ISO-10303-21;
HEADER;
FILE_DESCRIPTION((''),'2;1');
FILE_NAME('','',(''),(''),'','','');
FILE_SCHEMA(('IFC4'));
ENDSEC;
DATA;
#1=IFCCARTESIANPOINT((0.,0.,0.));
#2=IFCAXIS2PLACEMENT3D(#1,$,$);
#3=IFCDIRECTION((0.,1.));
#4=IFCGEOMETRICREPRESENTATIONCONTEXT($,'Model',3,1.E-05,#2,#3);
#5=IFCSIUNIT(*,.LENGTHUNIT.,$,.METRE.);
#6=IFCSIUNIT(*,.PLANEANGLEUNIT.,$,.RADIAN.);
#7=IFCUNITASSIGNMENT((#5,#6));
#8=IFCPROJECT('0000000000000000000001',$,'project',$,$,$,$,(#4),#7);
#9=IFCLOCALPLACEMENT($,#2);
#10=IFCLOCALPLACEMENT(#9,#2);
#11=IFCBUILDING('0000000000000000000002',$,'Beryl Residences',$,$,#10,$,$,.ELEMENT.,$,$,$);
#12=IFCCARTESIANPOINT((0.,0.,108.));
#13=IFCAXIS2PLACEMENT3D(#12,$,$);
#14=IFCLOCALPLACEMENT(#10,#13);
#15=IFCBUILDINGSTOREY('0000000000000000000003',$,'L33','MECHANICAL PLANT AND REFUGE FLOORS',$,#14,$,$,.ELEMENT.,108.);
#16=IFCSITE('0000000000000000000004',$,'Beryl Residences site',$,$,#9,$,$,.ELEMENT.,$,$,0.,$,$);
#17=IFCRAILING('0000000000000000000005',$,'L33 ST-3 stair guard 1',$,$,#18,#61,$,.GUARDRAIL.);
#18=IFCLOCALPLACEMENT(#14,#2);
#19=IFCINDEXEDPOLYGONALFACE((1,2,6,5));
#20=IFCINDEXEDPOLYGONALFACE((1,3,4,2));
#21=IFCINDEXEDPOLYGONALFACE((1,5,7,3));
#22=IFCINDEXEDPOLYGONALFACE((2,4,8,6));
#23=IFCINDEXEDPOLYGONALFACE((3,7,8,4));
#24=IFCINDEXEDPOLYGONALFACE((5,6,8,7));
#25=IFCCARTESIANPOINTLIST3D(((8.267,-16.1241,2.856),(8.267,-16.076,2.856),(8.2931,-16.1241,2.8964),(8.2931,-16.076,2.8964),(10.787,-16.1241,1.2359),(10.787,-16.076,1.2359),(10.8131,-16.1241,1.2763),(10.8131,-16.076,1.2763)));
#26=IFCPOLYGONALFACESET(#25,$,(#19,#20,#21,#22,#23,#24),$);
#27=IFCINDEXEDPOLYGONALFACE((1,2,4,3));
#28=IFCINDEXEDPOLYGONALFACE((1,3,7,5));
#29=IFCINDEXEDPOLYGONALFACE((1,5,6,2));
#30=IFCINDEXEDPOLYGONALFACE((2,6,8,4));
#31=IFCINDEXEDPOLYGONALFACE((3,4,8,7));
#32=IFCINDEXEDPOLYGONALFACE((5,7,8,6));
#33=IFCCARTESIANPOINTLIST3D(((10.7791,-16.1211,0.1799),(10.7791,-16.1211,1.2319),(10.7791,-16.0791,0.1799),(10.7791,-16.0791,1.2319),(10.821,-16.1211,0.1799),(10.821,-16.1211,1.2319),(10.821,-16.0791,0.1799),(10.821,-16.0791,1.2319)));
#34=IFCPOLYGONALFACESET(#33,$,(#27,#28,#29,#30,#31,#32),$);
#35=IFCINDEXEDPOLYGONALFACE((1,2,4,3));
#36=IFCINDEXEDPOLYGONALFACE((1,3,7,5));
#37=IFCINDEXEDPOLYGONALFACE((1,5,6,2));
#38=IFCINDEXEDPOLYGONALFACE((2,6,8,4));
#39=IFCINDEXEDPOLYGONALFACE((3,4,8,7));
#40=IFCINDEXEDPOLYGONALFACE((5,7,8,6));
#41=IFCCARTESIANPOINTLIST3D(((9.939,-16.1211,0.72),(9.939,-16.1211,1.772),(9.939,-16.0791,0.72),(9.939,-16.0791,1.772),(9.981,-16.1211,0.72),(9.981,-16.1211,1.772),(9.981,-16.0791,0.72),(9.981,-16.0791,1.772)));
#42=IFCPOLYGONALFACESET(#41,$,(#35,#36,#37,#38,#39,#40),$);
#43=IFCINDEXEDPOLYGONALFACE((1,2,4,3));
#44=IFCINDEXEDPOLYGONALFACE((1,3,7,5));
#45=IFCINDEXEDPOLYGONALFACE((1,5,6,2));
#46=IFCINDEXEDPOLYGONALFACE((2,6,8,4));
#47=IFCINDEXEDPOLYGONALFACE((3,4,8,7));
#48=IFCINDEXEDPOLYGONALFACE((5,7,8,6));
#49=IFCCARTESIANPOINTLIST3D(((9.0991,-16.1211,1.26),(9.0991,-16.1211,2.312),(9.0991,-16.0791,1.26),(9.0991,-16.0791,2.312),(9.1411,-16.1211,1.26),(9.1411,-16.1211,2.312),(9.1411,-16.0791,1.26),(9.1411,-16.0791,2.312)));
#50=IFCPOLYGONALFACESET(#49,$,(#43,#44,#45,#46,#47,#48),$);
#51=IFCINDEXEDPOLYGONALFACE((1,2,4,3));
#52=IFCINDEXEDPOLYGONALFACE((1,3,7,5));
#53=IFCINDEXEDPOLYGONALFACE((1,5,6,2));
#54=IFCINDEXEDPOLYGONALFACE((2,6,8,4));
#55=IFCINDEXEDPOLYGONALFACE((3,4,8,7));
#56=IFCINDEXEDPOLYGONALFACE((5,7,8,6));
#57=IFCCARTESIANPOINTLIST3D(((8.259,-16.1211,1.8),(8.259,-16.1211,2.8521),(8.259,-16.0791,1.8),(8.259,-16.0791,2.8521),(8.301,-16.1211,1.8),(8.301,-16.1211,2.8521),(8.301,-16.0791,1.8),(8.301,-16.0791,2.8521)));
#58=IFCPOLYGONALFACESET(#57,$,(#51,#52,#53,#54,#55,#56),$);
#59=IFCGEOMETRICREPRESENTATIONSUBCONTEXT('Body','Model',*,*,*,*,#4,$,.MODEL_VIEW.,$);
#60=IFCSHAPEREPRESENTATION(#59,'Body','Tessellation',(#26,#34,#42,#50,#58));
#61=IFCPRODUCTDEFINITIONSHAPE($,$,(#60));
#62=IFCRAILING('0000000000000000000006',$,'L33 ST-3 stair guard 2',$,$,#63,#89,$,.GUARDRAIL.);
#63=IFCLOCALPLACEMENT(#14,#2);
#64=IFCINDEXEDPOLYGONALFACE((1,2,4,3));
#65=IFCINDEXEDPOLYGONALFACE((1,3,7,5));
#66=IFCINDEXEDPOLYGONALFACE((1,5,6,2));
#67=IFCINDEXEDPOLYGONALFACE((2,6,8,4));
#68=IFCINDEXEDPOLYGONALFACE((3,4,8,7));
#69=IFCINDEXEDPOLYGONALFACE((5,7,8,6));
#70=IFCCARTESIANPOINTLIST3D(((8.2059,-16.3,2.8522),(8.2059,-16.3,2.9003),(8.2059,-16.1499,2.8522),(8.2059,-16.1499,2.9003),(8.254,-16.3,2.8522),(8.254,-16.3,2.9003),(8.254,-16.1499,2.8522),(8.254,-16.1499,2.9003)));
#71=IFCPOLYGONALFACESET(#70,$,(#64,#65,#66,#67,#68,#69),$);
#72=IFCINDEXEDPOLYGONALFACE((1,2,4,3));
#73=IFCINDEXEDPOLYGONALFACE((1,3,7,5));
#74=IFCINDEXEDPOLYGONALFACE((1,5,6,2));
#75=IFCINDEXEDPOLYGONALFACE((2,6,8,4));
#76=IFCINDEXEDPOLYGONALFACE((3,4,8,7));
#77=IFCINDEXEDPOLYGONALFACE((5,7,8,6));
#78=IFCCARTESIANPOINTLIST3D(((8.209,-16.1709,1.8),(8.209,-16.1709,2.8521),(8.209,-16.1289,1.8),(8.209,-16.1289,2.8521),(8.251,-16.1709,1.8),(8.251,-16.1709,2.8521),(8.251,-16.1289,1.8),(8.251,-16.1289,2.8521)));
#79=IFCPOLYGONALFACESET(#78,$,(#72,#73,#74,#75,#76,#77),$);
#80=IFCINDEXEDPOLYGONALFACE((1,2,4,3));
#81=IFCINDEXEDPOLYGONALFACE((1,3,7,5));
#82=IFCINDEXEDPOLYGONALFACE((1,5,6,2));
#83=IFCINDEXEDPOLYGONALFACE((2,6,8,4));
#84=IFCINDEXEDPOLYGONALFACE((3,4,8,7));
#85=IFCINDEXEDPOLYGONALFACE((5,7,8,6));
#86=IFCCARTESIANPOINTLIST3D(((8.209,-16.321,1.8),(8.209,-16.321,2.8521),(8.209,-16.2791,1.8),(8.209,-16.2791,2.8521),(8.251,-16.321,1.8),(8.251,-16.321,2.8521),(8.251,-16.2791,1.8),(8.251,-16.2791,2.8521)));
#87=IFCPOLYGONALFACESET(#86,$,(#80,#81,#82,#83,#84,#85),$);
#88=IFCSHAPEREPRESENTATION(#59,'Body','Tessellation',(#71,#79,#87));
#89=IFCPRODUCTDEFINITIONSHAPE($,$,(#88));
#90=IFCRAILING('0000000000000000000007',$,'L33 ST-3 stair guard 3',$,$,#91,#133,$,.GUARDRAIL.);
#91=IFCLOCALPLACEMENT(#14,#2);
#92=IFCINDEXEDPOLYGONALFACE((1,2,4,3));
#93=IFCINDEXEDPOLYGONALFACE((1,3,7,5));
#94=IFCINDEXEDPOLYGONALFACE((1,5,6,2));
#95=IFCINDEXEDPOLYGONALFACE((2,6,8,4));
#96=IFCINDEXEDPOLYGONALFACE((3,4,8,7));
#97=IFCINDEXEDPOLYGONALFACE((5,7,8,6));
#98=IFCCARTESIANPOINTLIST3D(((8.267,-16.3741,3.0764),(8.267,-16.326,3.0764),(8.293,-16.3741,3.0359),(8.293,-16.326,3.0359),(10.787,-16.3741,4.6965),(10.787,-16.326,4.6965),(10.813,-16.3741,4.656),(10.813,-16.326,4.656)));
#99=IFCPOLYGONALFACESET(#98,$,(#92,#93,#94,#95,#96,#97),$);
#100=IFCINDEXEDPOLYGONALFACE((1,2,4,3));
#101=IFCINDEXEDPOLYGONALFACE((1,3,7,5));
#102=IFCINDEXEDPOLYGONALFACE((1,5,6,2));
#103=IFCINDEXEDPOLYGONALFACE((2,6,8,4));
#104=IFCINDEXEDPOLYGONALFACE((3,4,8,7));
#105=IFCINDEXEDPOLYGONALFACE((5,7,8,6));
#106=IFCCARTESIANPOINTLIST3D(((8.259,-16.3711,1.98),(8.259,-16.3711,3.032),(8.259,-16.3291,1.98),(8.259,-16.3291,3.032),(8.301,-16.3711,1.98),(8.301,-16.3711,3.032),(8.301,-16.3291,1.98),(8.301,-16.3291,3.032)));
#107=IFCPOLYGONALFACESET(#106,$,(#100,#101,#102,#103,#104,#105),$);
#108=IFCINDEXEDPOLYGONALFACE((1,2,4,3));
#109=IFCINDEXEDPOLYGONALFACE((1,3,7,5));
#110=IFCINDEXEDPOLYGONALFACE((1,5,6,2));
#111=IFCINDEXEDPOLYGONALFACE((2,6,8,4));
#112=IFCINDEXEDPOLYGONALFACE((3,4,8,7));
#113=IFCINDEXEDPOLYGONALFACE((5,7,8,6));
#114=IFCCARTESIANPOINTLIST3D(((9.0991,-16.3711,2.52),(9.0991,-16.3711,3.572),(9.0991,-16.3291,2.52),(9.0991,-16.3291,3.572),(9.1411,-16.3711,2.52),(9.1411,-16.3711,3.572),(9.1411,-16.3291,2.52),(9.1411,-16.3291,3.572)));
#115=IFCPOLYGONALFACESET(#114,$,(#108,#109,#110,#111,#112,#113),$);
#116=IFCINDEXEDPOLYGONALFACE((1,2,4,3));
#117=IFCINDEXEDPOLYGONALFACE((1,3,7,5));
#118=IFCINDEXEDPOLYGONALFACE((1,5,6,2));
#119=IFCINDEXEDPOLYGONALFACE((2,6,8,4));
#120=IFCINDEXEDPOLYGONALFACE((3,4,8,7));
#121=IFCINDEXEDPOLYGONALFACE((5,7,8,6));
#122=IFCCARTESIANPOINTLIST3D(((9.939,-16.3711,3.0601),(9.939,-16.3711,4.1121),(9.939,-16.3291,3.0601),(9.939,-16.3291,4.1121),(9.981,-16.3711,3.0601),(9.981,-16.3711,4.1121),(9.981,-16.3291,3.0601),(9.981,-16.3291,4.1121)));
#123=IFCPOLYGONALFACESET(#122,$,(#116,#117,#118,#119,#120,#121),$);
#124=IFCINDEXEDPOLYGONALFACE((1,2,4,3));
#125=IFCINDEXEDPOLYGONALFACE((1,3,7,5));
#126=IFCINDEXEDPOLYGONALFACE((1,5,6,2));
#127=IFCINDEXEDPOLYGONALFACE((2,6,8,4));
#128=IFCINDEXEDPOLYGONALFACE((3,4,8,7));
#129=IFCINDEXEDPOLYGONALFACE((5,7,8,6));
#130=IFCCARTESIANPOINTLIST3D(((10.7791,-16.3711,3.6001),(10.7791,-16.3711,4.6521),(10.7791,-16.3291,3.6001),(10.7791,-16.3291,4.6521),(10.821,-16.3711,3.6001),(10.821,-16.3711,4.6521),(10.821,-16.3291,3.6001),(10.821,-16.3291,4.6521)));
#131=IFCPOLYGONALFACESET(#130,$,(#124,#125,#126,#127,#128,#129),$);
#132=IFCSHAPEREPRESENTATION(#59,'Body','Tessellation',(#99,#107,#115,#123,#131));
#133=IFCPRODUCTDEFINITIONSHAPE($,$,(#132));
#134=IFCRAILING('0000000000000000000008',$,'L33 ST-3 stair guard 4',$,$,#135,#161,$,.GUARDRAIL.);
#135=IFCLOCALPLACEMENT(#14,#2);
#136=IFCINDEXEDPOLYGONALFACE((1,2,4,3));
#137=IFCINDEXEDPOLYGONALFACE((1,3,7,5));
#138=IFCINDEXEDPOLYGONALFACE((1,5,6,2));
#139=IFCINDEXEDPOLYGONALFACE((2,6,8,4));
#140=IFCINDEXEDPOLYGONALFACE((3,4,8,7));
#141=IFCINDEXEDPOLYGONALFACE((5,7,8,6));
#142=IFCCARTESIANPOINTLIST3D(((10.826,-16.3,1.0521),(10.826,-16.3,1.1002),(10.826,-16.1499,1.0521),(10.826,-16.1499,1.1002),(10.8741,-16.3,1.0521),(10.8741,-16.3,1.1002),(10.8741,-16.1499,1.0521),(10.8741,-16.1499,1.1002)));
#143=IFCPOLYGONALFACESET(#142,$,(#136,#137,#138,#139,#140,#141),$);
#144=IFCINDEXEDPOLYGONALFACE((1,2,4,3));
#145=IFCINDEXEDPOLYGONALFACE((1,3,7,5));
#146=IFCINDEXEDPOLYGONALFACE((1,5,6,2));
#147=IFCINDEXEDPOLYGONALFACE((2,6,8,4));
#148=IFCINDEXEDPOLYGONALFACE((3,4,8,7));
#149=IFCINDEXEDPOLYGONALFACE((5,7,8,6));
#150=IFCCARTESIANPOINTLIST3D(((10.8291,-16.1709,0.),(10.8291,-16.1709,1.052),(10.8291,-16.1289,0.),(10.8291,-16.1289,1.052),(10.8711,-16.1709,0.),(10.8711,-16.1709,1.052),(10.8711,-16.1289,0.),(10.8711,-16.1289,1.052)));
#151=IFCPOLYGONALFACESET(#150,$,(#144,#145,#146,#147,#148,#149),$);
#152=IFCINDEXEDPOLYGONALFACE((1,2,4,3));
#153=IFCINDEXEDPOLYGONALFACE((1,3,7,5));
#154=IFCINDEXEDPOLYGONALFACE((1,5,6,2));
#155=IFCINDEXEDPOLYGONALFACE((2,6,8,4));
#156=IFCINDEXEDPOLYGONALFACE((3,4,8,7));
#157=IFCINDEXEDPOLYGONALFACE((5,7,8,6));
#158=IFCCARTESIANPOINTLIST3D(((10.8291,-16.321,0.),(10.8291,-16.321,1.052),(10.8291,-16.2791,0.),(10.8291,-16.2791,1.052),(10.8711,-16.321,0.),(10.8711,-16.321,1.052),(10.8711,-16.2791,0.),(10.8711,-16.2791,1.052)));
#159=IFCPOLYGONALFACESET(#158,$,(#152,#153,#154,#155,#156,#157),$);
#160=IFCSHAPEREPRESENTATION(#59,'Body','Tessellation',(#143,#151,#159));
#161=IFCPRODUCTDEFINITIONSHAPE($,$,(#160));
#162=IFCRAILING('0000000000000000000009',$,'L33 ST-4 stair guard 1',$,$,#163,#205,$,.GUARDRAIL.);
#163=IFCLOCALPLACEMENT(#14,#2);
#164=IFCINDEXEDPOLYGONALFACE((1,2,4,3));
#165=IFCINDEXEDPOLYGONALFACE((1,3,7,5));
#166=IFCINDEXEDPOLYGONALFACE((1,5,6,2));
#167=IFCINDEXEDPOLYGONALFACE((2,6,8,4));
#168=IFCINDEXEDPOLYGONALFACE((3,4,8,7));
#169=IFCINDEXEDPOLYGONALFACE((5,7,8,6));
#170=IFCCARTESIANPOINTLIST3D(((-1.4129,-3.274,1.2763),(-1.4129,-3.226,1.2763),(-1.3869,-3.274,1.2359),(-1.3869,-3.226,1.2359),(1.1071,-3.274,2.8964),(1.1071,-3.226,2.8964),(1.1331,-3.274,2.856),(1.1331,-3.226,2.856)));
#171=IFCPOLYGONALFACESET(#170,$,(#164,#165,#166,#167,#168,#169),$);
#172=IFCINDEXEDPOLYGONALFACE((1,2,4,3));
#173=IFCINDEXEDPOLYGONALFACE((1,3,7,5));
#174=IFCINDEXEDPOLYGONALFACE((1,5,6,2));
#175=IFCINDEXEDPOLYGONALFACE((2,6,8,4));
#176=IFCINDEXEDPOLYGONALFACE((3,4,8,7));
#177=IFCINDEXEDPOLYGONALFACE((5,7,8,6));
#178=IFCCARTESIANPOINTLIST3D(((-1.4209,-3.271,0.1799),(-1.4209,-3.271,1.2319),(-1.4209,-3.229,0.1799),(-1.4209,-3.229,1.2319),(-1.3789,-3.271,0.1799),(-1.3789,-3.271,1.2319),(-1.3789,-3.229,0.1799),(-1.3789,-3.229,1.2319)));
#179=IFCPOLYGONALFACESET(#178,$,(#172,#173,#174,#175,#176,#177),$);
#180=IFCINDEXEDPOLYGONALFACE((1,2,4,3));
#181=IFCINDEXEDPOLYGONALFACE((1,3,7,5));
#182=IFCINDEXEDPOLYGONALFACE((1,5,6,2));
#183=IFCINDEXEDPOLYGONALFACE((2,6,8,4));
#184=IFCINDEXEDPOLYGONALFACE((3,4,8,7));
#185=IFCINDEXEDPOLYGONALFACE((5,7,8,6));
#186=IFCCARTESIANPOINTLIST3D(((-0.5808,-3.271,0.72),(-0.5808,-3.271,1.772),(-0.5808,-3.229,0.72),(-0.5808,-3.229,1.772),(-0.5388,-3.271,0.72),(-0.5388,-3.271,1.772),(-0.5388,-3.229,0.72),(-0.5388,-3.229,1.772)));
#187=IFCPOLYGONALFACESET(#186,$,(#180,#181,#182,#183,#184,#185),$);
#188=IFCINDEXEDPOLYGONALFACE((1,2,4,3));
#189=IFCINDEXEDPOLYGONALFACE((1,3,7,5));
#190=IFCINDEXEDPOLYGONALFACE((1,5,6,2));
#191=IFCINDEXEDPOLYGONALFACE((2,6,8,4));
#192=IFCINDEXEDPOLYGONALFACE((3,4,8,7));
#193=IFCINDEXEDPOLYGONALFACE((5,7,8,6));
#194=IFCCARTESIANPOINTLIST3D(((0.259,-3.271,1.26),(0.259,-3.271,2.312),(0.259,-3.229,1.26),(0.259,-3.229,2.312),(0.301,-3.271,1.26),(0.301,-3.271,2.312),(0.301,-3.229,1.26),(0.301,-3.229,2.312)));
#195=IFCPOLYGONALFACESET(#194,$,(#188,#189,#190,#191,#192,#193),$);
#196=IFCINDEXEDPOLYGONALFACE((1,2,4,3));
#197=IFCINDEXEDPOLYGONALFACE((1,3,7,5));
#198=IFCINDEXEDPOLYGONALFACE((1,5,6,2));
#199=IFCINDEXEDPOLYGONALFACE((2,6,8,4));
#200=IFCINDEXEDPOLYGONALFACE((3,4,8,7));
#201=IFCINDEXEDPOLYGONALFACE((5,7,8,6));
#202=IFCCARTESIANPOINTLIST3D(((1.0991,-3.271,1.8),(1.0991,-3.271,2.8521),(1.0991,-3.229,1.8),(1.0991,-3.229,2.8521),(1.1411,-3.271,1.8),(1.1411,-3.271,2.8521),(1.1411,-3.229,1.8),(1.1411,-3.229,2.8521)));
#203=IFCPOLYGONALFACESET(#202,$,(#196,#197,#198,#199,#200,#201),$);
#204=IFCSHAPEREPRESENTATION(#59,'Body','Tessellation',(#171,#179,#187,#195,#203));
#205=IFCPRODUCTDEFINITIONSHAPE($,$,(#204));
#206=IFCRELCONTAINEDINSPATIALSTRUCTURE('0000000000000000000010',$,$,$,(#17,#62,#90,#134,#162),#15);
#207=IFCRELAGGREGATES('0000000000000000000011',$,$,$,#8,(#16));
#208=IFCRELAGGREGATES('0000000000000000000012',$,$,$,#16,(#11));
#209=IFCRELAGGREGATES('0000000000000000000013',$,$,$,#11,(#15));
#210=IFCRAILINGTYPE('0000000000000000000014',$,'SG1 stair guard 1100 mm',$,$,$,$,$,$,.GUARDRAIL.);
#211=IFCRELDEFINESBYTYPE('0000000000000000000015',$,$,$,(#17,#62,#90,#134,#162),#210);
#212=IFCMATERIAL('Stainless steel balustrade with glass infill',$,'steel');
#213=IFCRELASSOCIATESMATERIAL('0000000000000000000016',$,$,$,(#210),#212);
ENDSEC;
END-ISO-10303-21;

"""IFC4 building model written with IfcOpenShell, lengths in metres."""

from ifc_helpers import new_model, si_unit, direction, frame, origin, origin_2d, place, context, subcontext, project, spatial, rectangle, extrude, material, type_object, element, save


model = new_model("IFC4")

# Units and contexts
model_context = context("Model", 3, precision=1e-05, world=origin(), true_north=direction((0.0, 1.0)))
body_context = subcontext(model_context, "Body", "Model", "MODEL_VIEW")
ifc_project = project(units=[si_unit("LENGTHUNIT", "METRE"), si_unit("PLANEANGLEUNIT", "RADIAN")], contexts=[model_context])

# Site, building, storey
site_placement = place(None, origin())
site = spatial("IfcSite", under=ifc_project, at=site_placement, Name="Beryl Residences site", CompositionType="ELEMENT", RefElevation=0.0)
building_placement = place(site_placement, origin())
building = spatial("IfcBuilding", under=site, at=building_placement, Name="Beryl Residences", CompositionType="ELEMENT")
storey_placement = place(building_placement, frame((0.0, 0.0, 108.0)))
storey = spatial("IfcBuildingStorey", under=building, at=storey_placement, Name="L33", Description="MECHANICAL PLANT AND REFUGE FLOORS", CompositionType="ELEMENT", Elevation=108.0)

# Railings
ifc_material_1 = material(Name="Stainless steel balustrade with glass infill", Category="steel")
railing_type_1 = type_object("IfcRailingType", Name="SG1 stair guard 1100 mm", PredefinedType="GUARDRAIL", material=ifc_material_1)
railing_1_placement = place(storey_placement, frame((10.8, -16.1001, 0.1799)))
element("IfcRailing", 1, at=railing_1_placement, inside=storey, type_object=railing_type_1, Name="L33 ST-3 stair guard 1", PredefinedType="GUARDRAIL", context=body_context, shape_type="SweptSolid", body=[
    extrude(rectangle(XDim=0.0481, YDim=0.0481, at=origin_2d()), frame((0.0, 0.0, 1.0762), z_axis=(-0.841163, 0.0, 0.540782), x_axis=(0.0, -1.0, 0.0)), (0.0, 0.0, 1.0), 2.9958),
    extrude(rectangle(XDim=0.042, YDim=0.042, at=origin_2d()), origin(), (0.0, 0.0, 1.0), 1.052),
    extrude(rectangle(XDim=0.042, YDim=0.042, at=origin_2d()), frame((-0.8401, 0.0, 0.54)), (0.0, 0.0, 1.0), 1.052),
    extrude(rectangle(XDim=0.042, YDim=0.042, at=origin_2d()), frame((-1.6799, 0.0, 1.0801)), (0.0, 0.0, 1.0), 1.052),
    extrude(rectangle(XDim=0.042, YDim=0.042, at=origin_2d()), frame((-2.52, 0.0, 1.6201)), (0.0, 0.0, 1.0), 1.052),
])
railing_2_placement = place(storey_placement, frame((8.23, -16.1499, 1.8)))
element("IfcRailing", 2, at=railing_2_placement, inside=storey, type_object=railing_type_1, Name="L33 ST-3 stair guard 2", PredefinedType="GUARDRAIL", context=body_context, shape_type="SweptSolid", body=[
    extrude(rectangle(XDim=0.0481, YDim=0.0481, at=origin_2d()), frame((0.0, 0.0, 1.0762), z_axis=(0.0, -1.0, 0.0), x_axis=(1.0, 0.0, 0.0)), (0.0, 0.0, 1.0), 0.1501),
    extrude(rectangle(XDim=0.042, YDim=0.042, at=origin_2d()), origin(), (0.0, 0.0, 1.0), 1.052),
    extrude(rectangle(XDim=0.042, YDim=0.042, at=origin_2d()), frame((0.0, -0.1501, 0.0)), (0.0, 0.0, 1.0), 1.052),
])
railing_3_placement = place(storey_placement, frame((8.28, -16.3501, 1.98)))
element("IfcRailing", 3, at=railing_3_placement, inside=storey, type_object=railing_type_1, Name="L33 ST-3 stair guard 3", PredefinedType="GUARDRAIL", context=body_context, shape_type="SweptSolid", body=[
    extrude(rectangle(XDim=0.0481, YDim=0.0481, at=origin_2d()), frame((0.0, 0.0, 1.0762), z_axis=(0.841163, 0.0, 0.540782), x_axis=(0.0, 1.0, 0.0)), (0.0, 0.0, 1.0), 2.9958),
    extrude(rectangle(XDim=0.042, YDim=0.042, at=origin_2d()), origin(), (0.0, 0.0, 1.0), 1.052),
    extrude(rectangle(XDim=0.042, YDim=0.042, at=origin_2d()), frame((0.8401, 0.0, 0.54)), (0.0, 0.0, 1.0), 1.052),
    extrude(rectangle(XDim=0.042, YDim=0.042, at=origin_2d()), frame((1.6799, 0.0, 1.0801)), (0.0, 0.0, 1.0), 1.052),
    extrude(rectangle(XDim=0.042, YDim=0.042, at=origin_2d()), frame((2.52, 0.0, 1.6201)), (0.0, 0.0, 1.0), 1.052),
])
railing_4_placement = place(storey_placement, frame((10.8501, -16.1499, 0.0)))
element("IfcRailing", 4, at=railing_4_placement, inside=storey, type_object=railing_type_1, Name="L33 ST-3 stair guard 4", PredefinedType="GUARDRAIL", context=body_context, shape_type="SweptSolid", body=[
    extrude(rectangle(XDim=0.0481, YDim=0.0481, at=origin_2d()), frame((0.0, 0.0, 1.0762), z_axis=(0.0, -1.0, 0.0), x_axis=(1.0, 0.0, 0.0)), (0.0, 0.0, 1.0), 0.1501),
    extrude(rectangle(XDim=0.042, YDim=0.042, at=origin_2d()), origin(), (0.0, 0.0, 1.0), 1.052),
    extrude(rectangle(XDim=0.042, YDim=0.042, at=origin_2d()), frame((0.0, -0.1501, 0.0)), (0.0, 0.0, 1.0), 1.052),
])
railing_5_placement = place(storey_placement, frame((-1.3999, -3.25, 0.1799)))
element("IfcRailing", 5, at=railing_5_placement, inside=storey, type_object=railing_type_1, Name="L33 ST-4 stair guard 1", PredefinedType="GUARDRAIL", context=body_context, shape_type="SweptSolid", body=[
    extrude(rectangle(XDim=0.0481, YDim=0.0481, at=origin_2d()), frame((0.0, 0.0, 1.0762), z_axis=(0.841163, 0.0, 0.540782), x_axis=(0.0, 1.0, 0.0)), (0.0, 0.0, 1.0), 2.9958),
    extrude(rectangle(XDim=0.042, YDim=0.042, at=origin_2d()), origin(), (0.0, 0.0, 1.0), 1.052),
    extrude(rectangle(XDim=0.042, YDim=0.042, at=origin_2d()), frame((0.8401, 0.0, 0.54)), (0.0, 0.0, 1.0), 1.052),
    extrude(rectangle(XDim=0.042, YDim=0.042, at=origin_2d()), frame((1.6799, 0.0, 1.0801)), (0.0, 0.0, 1.0), 1.052),
    extrude(rectangle(XDim=0.042, YDim=0.042, at=origin_2d()), frame((2.52, 0.0, 1.6201)), (0.0, 0.0, 1.0), 1.052),
])

save(model, "model.ifc")
